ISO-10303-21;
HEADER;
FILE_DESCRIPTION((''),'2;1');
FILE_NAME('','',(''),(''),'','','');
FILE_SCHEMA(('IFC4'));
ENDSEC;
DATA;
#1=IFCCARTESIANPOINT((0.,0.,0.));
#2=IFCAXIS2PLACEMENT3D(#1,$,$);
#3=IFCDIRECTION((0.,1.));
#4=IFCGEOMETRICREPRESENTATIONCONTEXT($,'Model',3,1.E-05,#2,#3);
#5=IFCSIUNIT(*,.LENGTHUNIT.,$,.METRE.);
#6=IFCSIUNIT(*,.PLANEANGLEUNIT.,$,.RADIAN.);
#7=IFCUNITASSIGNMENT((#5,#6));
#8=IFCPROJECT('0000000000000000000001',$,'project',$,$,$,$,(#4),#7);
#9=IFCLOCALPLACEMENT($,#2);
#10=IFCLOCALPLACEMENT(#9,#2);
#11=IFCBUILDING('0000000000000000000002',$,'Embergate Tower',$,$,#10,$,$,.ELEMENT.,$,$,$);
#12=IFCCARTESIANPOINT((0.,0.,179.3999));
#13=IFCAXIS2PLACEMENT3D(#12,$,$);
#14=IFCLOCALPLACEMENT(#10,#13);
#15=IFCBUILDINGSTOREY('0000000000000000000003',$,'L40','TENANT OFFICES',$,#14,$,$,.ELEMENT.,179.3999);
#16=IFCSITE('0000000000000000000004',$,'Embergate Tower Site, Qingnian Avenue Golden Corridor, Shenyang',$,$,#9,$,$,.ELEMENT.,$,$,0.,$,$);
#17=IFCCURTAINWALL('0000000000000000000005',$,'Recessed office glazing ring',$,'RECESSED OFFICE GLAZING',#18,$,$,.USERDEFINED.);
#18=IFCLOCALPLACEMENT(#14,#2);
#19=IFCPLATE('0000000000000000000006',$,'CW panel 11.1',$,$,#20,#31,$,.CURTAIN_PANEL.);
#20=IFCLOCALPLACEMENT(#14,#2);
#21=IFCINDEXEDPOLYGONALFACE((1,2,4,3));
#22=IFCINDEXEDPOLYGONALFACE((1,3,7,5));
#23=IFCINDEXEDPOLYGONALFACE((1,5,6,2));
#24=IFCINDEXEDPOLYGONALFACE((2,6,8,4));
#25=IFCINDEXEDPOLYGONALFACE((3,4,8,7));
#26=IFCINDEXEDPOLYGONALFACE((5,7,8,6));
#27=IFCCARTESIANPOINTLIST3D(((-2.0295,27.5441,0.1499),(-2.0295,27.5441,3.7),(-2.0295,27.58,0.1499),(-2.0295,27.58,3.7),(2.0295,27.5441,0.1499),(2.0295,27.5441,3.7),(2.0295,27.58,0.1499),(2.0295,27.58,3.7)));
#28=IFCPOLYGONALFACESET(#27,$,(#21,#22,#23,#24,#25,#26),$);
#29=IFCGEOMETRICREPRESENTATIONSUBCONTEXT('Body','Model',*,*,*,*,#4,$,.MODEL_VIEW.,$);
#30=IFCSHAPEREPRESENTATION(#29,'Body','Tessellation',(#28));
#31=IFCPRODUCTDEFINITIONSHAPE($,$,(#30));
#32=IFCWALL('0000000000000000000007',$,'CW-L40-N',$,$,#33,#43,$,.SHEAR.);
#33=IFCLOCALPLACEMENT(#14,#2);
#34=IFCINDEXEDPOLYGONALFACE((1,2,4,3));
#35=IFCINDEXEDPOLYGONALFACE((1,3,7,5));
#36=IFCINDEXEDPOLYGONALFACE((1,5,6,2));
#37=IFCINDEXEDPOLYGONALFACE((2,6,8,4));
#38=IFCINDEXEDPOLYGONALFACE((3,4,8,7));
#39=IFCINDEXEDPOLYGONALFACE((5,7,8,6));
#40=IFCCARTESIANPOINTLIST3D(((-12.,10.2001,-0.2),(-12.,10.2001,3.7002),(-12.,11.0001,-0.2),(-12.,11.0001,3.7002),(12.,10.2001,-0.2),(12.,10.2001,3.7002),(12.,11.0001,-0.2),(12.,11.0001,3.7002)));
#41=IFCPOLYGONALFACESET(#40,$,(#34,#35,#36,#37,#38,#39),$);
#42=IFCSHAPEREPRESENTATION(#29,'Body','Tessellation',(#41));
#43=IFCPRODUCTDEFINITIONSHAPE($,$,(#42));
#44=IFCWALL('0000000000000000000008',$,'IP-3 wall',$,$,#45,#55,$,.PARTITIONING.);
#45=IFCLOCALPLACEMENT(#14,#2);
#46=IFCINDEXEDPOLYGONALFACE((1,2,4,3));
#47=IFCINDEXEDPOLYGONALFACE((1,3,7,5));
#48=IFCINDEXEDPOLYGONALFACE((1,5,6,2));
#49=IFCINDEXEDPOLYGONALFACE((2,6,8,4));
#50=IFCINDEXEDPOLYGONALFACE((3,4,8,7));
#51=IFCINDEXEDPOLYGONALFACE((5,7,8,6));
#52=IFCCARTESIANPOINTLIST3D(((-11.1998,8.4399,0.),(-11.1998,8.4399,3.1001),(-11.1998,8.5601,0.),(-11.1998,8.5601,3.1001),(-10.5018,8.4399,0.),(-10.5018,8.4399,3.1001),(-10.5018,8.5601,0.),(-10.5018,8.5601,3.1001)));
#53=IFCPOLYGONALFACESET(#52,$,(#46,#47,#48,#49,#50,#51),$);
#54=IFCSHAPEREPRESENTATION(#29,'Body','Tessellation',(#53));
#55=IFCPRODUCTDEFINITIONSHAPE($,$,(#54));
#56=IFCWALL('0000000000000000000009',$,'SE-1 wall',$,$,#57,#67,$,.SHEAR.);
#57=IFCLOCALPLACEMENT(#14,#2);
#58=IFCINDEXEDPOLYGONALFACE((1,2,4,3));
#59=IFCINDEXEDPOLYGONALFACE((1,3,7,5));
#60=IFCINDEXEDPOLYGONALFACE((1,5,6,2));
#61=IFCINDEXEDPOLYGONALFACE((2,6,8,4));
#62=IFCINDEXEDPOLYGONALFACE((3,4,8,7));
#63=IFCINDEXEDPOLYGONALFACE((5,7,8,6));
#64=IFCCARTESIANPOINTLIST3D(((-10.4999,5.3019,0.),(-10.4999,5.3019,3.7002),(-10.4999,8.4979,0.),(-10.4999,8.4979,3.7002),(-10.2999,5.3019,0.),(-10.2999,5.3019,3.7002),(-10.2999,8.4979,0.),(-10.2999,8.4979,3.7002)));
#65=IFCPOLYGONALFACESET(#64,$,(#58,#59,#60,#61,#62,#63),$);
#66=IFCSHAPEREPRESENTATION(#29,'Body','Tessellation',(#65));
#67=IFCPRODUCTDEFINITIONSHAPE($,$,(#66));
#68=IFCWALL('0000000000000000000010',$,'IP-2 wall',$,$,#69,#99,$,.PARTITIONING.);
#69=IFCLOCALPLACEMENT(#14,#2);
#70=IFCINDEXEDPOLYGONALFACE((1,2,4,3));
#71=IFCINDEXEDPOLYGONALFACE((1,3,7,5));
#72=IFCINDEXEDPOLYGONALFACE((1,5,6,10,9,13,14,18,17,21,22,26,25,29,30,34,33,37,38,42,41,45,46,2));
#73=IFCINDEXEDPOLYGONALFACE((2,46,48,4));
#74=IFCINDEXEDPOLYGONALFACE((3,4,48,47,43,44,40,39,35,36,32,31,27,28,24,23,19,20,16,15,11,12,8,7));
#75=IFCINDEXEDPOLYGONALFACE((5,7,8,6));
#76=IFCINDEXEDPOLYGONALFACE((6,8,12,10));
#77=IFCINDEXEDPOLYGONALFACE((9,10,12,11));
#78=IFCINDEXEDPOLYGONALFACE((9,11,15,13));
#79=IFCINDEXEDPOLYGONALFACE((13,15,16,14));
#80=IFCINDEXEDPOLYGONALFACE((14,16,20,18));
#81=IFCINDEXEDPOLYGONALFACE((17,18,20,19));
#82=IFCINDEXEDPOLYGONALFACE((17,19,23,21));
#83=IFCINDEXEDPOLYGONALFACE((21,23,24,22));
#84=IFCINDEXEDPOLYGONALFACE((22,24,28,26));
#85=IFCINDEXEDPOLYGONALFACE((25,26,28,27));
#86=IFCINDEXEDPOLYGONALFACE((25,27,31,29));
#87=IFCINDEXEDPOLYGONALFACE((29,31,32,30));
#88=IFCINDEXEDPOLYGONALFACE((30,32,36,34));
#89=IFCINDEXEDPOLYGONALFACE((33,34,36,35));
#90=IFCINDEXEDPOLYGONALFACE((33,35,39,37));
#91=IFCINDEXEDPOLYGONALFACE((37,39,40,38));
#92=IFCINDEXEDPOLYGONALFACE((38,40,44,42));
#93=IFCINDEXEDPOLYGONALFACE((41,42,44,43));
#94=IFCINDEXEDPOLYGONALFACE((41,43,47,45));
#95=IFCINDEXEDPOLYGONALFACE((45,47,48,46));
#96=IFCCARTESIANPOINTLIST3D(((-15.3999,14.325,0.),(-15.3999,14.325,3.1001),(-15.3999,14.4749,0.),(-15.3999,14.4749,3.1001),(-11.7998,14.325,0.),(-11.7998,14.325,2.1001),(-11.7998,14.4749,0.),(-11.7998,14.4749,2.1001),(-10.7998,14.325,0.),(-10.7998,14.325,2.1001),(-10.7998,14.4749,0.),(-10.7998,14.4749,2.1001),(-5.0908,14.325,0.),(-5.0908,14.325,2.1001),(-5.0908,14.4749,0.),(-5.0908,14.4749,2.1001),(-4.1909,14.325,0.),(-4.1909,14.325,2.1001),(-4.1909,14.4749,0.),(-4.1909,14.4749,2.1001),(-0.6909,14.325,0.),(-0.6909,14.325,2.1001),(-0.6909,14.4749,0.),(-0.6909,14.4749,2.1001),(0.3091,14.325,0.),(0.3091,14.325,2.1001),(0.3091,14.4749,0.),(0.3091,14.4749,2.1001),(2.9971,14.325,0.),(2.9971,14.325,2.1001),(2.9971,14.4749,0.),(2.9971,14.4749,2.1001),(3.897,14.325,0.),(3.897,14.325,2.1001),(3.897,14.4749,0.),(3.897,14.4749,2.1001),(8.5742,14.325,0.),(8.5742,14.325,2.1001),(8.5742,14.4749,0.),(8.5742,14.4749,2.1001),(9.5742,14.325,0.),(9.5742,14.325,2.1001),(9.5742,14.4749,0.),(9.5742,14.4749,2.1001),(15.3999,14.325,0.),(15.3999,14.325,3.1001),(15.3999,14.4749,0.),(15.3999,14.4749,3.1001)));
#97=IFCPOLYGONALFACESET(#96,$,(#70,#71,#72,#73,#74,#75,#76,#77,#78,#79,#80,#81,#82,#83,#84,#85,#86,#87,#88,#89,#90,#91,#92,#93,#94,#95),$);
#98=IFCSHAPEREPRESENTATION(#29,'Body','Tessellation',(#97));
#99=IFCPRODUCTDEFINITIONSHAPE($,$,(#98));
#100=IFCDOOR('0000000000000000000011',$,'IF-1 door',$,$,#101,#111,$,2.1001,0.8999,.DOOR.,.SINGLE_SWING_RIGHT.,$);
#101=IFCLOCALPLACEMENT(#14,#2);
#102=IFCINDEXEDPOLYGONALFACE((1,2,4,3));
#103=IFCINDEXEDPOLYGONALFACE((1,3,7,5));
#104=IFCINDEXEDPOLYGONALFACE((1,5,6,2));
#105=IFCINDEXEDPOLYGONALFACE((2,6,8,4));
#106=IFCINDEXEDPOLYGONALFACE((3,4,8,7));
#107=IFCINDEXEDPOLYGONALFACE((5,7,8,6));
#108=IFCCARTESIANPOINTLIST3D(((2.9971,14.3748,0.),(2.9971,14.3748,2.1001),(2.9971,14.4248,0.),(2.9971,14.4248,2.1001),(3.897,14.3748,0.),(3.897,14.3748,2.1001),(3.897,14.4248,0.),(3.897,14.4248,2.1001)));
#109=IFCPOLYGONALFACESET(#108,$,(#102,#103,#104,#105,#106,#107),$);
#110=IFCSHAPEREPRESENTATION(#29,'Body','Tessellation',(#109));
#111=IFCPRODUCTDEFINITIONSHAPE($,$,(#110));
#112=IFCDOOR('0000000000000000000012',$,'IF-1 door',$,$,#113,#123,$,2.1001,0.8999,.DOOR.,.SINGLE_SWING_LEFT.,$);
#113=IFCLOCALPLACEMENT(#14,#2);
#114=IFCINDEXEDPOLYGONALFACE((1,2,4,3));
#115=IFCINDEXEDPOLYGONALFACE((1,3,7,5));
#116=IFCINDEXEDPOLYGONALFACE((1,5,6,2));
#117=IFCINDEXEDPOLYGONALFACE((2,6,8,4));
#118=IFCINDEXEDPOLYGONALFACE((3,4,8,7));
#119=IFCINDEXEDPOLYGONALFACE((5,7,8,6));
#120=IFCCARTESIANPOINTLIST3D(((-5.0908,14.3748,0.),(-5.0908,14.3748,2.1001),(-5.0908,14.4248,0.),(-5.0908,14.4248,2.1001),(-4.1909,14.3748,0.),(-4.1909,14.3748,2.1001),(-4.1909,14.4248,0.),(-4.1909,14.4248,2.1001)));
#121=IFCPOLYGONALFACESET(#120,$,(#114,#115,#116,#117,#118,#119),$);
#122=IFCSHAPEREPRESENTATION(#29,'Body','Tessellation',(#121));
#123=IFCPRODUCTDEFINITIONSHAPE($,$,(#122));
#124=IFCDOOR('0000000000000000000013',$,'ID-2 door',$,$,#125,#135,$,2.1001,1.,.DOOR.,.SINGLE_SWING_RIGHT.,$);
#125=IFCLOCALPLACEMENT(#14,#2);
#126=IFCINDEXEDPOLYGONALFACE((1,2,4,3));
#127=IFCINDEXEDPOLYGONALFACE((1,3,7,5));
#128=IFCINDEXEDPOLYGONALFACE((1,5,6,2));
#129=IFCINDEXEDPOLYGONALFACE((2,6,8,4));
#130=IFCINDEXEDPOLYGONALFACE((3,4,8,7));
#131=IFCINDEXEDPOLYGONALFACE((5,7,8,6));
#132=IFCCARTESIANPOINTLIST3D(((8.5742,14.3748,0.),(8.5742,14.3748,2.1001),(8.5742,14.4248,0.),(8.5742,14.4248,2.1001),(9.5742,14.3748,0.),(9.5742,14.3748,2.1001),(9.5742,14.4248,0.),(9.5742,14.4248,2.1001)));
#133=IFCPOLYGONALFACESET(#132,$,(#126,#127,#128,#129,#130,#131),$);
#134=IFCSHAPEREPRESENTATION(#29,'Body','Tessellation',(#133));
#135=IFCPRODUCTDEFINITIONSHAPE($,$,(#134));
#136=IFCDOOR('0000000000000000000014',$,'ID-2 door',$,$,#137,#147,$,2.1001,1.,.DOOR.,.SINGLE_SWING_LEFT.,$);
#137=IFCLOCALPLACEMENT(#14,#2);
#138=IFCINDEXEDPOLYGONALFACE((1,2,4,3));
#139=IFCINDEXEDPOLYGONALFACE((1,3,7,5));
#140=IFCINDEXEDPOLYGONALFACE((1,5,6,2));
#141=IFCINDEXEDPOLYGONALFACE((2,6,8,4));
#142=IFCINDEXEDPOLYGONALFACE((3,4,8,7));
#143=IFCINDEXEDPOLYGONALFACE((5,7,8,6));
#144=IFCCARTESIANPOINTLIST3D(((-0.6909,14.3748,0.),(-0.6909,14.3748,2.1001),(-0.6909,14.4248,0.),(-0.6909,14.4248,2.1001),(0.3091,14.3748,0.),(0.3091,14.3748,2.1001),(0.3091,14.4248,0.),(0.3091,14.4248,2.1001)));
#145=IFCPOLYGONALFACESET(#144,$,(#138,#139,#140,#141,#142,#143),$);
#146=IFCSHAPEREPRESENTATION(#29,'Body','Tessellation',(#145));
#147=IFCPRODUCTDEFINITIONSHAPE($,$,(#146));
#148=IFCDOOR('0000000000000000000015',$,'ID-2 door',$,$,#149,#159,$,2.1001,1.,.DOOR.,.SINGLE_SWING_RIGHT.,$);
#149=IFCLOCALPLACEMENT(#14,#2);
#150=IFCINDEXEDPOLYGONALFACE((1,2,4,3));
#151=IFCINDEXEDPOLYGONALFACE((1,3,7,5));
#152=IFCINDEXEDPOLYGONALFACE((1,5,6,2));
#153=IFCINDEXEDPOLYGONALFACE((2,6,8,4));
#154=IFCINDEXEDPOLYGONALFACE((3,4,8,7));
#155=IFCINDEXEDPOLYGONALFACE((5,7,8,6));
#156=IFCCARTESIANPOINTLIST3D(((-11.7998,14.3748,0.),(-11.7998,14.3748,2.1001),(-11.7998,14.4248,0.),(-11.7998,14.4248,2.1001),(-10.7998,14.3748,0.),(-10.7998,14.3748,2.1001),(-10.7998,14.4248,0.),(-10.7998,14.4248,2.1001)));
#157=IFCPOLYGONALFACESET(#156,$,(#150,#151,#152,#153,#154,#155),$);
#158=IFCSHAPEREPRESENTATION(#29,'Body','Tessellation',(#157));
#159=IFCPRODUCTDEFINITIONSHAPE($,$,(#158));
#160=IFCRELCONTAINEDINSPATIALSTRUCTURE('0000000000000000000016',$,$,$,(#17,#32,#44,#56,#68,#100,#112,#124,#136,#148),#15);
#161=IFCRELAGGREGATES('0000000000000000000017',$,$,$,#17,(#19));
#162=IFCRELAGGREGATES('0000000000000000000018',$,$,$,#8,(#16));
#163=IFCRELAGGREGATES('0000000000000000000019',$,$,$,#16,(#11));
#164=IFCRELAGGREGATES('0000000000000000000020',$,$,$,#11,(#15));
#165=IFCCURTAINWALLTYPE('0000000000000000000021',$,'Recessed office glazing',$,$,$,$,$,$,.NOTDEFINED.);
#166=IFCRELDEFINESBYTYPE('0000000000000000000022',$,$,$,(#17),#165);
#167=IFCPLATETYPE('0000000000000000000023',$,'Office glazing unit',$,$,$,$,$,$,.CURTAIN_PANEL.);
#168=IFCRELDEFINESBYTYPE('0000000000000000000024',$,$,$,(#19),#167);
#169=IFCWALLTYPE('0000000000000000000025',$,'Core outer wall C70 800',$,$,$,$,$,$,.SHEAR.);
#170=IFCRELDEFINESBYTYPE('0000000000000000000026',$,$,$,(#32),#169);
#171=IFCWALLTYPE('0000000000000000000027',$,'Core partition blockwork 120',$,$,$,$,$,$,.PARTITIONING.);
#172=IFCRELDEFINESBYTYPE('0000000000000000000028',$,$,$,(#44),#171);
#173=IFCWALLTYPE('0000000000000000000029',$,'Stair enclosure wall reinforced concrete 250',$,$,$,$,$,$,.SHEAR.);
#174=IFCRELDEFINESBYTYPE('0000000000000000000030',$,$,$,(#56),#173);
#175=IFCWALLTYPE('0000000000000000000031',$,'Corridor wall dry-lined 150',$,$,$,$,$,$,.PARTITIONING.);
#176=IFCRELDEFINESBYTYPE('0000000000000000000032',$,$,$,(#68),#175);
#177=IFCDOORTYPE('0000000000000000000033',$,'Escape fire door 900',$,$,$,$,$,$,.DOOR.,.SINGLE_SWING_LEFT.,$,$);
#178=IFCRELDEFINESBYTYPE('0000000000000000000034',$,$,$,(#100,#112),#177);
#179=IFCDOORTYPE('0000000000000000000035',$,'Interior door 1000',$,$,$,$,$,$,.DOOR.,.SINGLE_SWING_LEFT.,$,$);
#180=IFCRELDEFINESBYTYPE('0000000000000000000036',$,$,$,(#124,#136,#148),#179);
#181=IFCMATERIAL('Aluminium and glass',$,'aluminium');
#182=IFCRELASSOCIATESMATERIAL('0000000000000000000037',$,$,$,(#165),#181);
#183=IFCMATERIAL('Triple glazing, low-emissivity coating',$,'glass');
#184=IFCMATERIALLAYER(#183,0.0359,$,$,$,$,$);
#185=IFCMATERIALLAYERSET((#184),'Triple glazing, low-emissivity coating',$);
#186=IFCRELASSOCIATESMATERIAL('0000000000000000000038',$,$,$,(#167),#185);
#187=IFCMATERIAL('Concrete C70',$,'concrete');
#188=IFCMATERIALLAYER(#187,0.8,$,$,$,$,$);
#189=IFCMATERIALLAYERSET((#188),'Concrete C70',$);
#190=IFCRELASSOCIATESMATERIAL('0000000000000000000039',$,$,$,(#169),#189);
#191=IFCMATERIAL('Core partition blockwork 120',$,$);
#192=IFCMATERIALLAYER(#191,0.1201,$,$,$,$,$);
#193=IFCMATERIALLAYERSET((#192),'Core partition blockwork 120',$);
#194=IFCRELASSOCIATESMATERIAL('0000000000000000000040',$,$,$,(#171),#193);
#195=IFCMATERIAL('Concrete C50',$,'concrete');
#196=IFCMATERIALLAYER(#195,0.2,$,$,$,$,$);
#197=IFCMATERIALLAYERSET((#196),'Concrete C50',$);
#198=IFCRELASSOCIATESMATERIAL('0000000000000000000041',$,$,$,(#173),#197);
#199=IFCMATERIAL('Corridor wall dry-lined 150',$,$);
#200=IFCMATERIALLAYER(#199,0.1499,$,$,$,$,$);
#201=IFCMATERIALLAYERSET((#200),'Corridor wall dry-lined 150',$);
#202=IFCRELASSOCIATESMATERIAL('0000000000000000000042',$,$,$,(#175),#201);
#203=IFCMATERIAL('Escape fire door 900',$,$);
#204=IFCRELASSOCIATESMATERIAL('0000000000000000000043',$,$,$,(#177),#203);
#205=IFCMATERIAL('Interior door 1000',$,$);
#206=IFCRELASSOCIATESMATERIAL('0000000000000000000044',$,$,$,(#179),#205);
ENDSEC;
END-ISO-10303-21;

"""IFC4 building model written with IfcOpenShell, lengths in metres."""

from ifc_helpers import new_model, si_unit, direction, frame, frame_2d, origin, origin_2d, place, context, subcontext, project, spatial, rectangle, extrude, source, transform, mapped, material, layer, layer_set, type_object, element, fill, aggregate, save


model = new_model("IFC4")

# Units and contexts
model_context = context("Model", 3, precision=1e-05, world=origin(), true_north=direction((0.0, 1.0)))
body_context = subcontext(model_context, "Body", "Model", "MODEL_VIEW")
ifc_project = project(units=[si_unit("LENGTHUNIT", "METRE"), si_unit("PLANEANGLEUNIT", "RADIAN")], contexts=[model_context])

# Site, building, storey
site_placement = place(None, origin())
site = spatial("IfcSite", under=ifc_project, at=site_placement, Name="Embergate Tower Site, Qingnian Avenue Golden Corridor, Shenyang", CompositionType="ELEMENT", RefElevation=0.0)
building_placement = place(site_placement, origin())
building = spatial("IfcBuilding", under=site, at=building_placement, Name="Embergate Tower", CompositionType="ELEMENT")
storey_placement = place(building_placement, frame((0.0, 0.0, 179.3999)))
storey = spatial("IfcBuildingStorey", under=building, at=storey_placement, Name="L40", Description="TENANT OFFICES", CompositionType="ELEMENT", Elevation=179.3999)

# Shared definitions
ifc_material_1 = material(Name="Concrete C70", Category="concrete")

# Curtain wall, plate
ifc_material_2 = material(Name="Aluminium and glass", Category="aluminium")
curtain_wall_type = type_object("IfcCurtainWallType", Name="Recessed office glazing", PredefinedType="NOTDEFINED", material=ifc_material_2)
curtain_wall_placement = place(storey_placement, origin())
curtain_wall = element("IfcCurtainWall", 1, at=curtain_wall_placement, inside=storey, type_object=curtain_wall_type, Name="Recessed office glazing ring", ObjectType="RECESSED OFFICE GLAZING", PredefinedType="USERDEFINED")
ifc_material_3 = material(Name="Triple glazing, low-emissivity coating", Category="glass")
ifc_layer_1 = layer(ifc_material_3, 0.0359)
ifc_layer_set_1 = layer_set([ifc_layer_1], Name="Triple glazing, low-emissivity coating")
plate_type = type_object("IfcPlateType", Name="Office glazing unit", PredefinedType="CURTAIN_PANEL", material=ifc_layer_set_1)
shared_shape_1 = source(origin(), body_context, "Body", "SweptSolid", [
    extrude(rectangle(XDim=4.0591, YDim=0.0359, at=origin_2d()), origin(), (0.0, 0.0, 1.0), 3.55),
])
plate_1_placement = place(storey_placement, frame((0.0, 27.562, 0.1499), z_axis=(0.0, 0.0, 1.0), x_axis=(-1.0, 0.0, 0.0)))
plate_1 = element("IfcPlate", 2, at=plate_1_placement, type_object=plate_type, Name="CW panel 11.1", PredefinedType="CURTAIN_PANEL", context=body_context, shape_type="MappedRepresentation", body=[
    mapped(shared_shape_1, transform((0.0, 0.0, 0.0))),
])
aggregate(curtain_wall, [plate_1])

# Walls
ifc_layer_2 = layer(ifc_material_1, 0.8)
ifc_layer_set_2 = layer_set([ifc_layer_2], Name="Concrete C70")
wall_type_1 = type_object("IfcWallType", Name="Core outer wall C70 800", PredefinedType="SHEAR", material=ifc_layer_set_2)
shared_shape_2 = source(origin(), body_context, "Body", "SweptSolid", [
    extrude(rectangle(XDim=24.0, YDim=0.8, at=frame_2d((12.0, 0.0))), origin(), (0.0, 0.0, 1.0), 3.9001),
])
wall_1_placement = place(storey_placement, frame((-12.0, 10.6001, -0.2), z_axis=(0.0, 0.0, 1.0), x_axis=(1.0, 0.0, 0.0)))
element("IfcWall", 3, at=wall_1_placement, inside=storey, type_object=wall_type_1, Name="CW-L40-N", PredefinedType="SHEAR", context=body_context, shape_type="MappedRepresentation", body=[
    mapped(shared_shape_2, transform((0.0, 0.0, 0.0))),
])
ifc_material_4 = material(Name="Core partition blockwork 120")
ifc_layer_3 = layer(ifc_material_4, 0.1201)
ifc_layer_set_3 = layer_set([ifc_layer_3], Name="Core partition blockwork 120")
wall_type_2 = type_object("IfcWallType", Name="Core partition blockwork 120", PredefinedType="PARTITIONING", material=ifc_layer_set_3)
shared_shape_3 = source(origin(), body_context, "Body", "SweptSolid", [
    extrude(rectangle(XDim=0.698, YDim=0.1201, at=frame_2d((0.3491, 0.0))), origin(), (0.0, 0.0, 1.0), 3.1001),
])
wall_2_placement = place(storey_placement, frame((-11.2, 8.5, 0.0), z_axis=(0.0, 0.0, 1.0), x_axis=(1.0, 0.0, 0.0)))
element("IfcWall", 4, at=wall_2_placement, inside=storey, type_object=wall_type_2, Name="IP-3 wall", PredefinedType="PARTITIONING", context=body_context, shape_type="MappedRepresentation", body=[
    mapped(shared_shape_3, transform((0.0, 0.0, 0.0))),
])
ifc_material_5 = material(Name="Concrete C50", Category="concrete")
ifc_layer_4 = layer(ifc_material_5, 0.2)
ifc_layer_set_4 = layer_set([ifc_layer_4], Name="Concrete C50")
wall_type_3 = type_object("IfcWallType", Name="Stair enclosure wall reinforced concrete 250", PredefinedType="SHEAR", material=ifc_layer_set_4)
shared_shape_4 = source(origin(), body_context, "Body", "SweptSolid", [
    extrude(rectangle(XDim=3.196, YDim=0.2, at=frame_2d((1.5981, 0.0))), origin(), (0.0, 0.0, 1.0), 3.7002),
])
wall_3_placement = place(storey_placement, frame((-10.3999, 8.498, 0.0), z_axis=(0.0, 0.0, 1.0), x_axis=(0.0, -1.0, 0.0)))
element("IfcWall", 5, at=wall_3_placement, inside=storey, type_object=wall_type_3, Name="SE-1 wall", PredefinedType="SHEAR", context=body_context, shape_type="MappedRepresentation", body=[
    mapped(shared_shape_4, transform((0.0, 0.0, 0.0))),
])

# Wall, openings, doors
ifc_material_6 = material(Name="Corridor wall dry-lined 150")
ifc_layer_5 = layer(ifc_material_6, 0.1499)
ifc_layer_set_5 = layer_set([ifc_layer_5], Name="Corridor wall dry-lined 150")
wall_type_4 = type_object("IfcWallType", Name="Corridor wall dry-lined 150", PredefinedType="PARTITIONING", material=ifc_layer_set_5)
shared_shape_5 = source(origin(), body_context, "Body", "SweptSolid", [
    extrude(rectangle(XDim=30.7998, YDim=0.1499, at=frame_2d((15.3999, 0.0))), origin(), (0.0, 0.0, 1.0), 3.1001),
])
wall_4_placement = place(storey_placement, frame((-15.3999, 14.3999, 0.0), z_axis=(0.0, 0.0, 1.0), x_axis=(1.0, 0.0, 0.0)))
wall_4 = element("IfcWall", 6, at=wall_4_placement, inside=storey, type_object=wall_type_4, Name="IP-2 wall", PredefinedType="PARTITIONING", context=body_context, shape_type="MappedRepresentation", body=[
    mapped(shared_shape_5, transform((0.0, 0.0, 0.0))),
])
shared_shape_6 = source(origin(), body_context, "Body", "SweptSolid", [
    extrude(rectangle(XDim=1.0, YDim=2.1001, at=frame_2d((0.5, 1.05))), frame((0.0, 0.085, 0.0), z_axis=(0.0, -1.0, 0.0), x_axis=(1.0, 0.0, 0.0)), (0.0, 0.0, 1.0), 0.1699),
])
opening_1_placement = place(wall_4_placement, frame((23.9741, 0.0, 0.0)))
opening_1 = element("IfcOpeningElement", 7, at=opening_1_placement, cuts=wall_4, PredefinedType="OPENING", context=body_context, shape_type="MappedRepresentation", body=[
    mapped(shared_shape_6, transform((0.0, 0.0, 0.0))),
])
shared_shape_7 = source(origin(), body_context, "Body", "SweptSolid", [
    extrude(rectangle(XDim=0.8999, YDim=2.1001, at=frame_2d((0.45, 1.05))), frame((0.0, 0.085, 0.0), z_axis=(0.0, -1.0, 0.0), x_axis=(1.0, 0.0, 0.0)), (0.0, 0.0, 1.0), 0.1699),
])
opening_2_placement = place(wall_4_placement, frame((18.397, 0.0, 0.0)))
opening_2 = element("IfcOpeningElement", 8, at=opening_2_placement, cuts=wall_4, PredefinedType="OPENING", context=body_context, shape_type="MappedRepresentation", body=[
    mapped(shared_shape_7, transform((0.0, 0.0, 0.0))),
])
opening_3_placement = place(wall_4_placement, frame((14.709, 0.0, 0.0)))
opening_3 = element("IfcOpeningElement", 9, at=opening_3_placement, cuts=wall_4, PredefinedType="OPENING", context=body_context, shape_type="MappedRepresentation", body=[
    mapped(shared_shape_6, transform((0.0, 0.0, 0.0))),
])
opening_4_placement = place(wall_4_placement, frame((10.3091, 0.0, 0.0)))
opening_4 = element("IfcOpeningElement", 10, at=opening_4_placement, cuts=wall_4, PredefinedType="OPENING", context=body_context, shape_type="MappedRepresentation", body=[
    mapped(shared_shape_7, transform((0.0, 0.0, 0.0))),
])
opening_5_placement = place(wall_4_placement, frame((3.6001, 0.0, 0.0)))
opening_5 = element("IfcOpeningElement", 11, at=opening_5_placement, cuts=wall_4, PredefinedType="OPENING", context=body_context, shape_type="MappedRepresentation", body=[
    mapped(shared_shape_6, transform((0.0, 0.0, 0.0))),
])
ifc_material_7 = material(Name="Escape fire door 900")
door_type_1 = type_object("IfcDoorType", Name="Escape fire door 900", OperationType="SINGLE_SWING_LEFT", PredefinedType="DOOR", material=ifc_material_7)
shared_shape_8 = source(origin(), body_context, "Body", "SweptSolid", [
    extrude(rectangle(XDim=0.8999, YDim=2.1001, at=frame_2d((0.45, 1.05))), frame((0.0, 0.0249, 0.0), z_axis=(0.0, -1.0, 0.0), x_axis=(1.0, 0.0, 0.0)), (0.0, 0.0, 1.0), 0.05),
])
door_1_placement = place(opening_2_placement, origin())
door_1 = element("IfcDoor", 12, at=door_1_placement, inside=storey, type_object=door_type_1, Name="IF-1 door", OperationType="SINGLE_SWING_RIGHT", OverallHeight=2.1001, OverallWidth=0.8999, PredefinedType="DOOR", context=body_context, shape_type="MappedRepresentation", body=[
    mapped(shared_shape_8, transform((0.0, 0.0, 0.0))),
])
fill(opening_2, door_1)
door_2_placement = place(opening_4_placement, origin())
door_2 = element("IfcDoor", 13, at=door_2_placement, inside=storey, type_object=door_type_1, Name="IF-1 door", OperationType="SINGLE_SWING_LEFT", OverallHeight=2.1001, OverallWidth=0.8999, PredefinedType="DOOR", context=body_context, shape_type="MappedRepresentation", body=[
    mapped(shared_shape_8, transform((0.0, 0.0, 0.0))),
])
fill(opening_4, door_2)
ifc_material_8 = material(Name="Interior door 1000")
door_type_2 = type_object("IfcDoorType", Name="Interior door 1000", OperationType="SINGLE_SWING_LEFT", PredefinedType="DOOR", material=ifc_material_8)
shared_shape_9 = source(origin(), body_context, "Body", "SweptSolid", [
    extrude(rectangle(XDim=1.0, YDim=2.1001, at=frame_2d((0.5, 1.05))), frame((0.0, 0.0249, 0.0), z_axis=(0.0, -1.0, 0.0), x_axis=(1.0, 0.0, 0.0)), (0.0, 0.0, 1.0), 0.05),
])
door_3_placement = place(opening_1_placement, origin())
door_3 = element("IfcDoor", 14, at=door_3_placement, inside=storey, type_object=door_type_2, Name="ID-2 door", OperationType="SINGLE_SWING_RIGHT", OverallHeight=2.1001, OverallWidth=1.0, PredefinedType="DOOR", context=body_context, shape_type="MappedRepresentation", body=[
    mapped(shared_shape_9, transform((0.0, 0.0, 0.0))),
])
fill(opening_1, door_3)
door_4_placement = place(opening_3_placement, origin())
door_4 = element("IfcDoor", 15, at=door_4_placement, inside=storey, type_object=door_type_2, Name="ID-2 door", OperationType="SINGLE_SWING_LEFT", OverallHeight=2.1001, OverallWidth=1.0, PredefinedType="DOOR", context=body_context, shape_type="MappedRepresentation", body=[
    mapped(shared_shape_9, transform((0.0, 0.0, 0.0))),
])
fill(opening_3, door_4)
door_5_placement = place(opening_5_placement, origin())
door_5 = element("IfcDoor", 16, at=door_5_placement, inside=storey, type_object=door_type_2, Name="ID-2 door", OperationType="SINGLE_SWING_RIGHT", OverallHeight=2.1001, OverallWidth=1.0, PredefinedType="DOOR", context=body_context, shape_type="MappedRepresentation", body=[
    mapped(shared_shape_9, transform((0.0, 0.0, 0.0))),
])
fill(opening_5, door_5)

save(model, "model.ifc")
